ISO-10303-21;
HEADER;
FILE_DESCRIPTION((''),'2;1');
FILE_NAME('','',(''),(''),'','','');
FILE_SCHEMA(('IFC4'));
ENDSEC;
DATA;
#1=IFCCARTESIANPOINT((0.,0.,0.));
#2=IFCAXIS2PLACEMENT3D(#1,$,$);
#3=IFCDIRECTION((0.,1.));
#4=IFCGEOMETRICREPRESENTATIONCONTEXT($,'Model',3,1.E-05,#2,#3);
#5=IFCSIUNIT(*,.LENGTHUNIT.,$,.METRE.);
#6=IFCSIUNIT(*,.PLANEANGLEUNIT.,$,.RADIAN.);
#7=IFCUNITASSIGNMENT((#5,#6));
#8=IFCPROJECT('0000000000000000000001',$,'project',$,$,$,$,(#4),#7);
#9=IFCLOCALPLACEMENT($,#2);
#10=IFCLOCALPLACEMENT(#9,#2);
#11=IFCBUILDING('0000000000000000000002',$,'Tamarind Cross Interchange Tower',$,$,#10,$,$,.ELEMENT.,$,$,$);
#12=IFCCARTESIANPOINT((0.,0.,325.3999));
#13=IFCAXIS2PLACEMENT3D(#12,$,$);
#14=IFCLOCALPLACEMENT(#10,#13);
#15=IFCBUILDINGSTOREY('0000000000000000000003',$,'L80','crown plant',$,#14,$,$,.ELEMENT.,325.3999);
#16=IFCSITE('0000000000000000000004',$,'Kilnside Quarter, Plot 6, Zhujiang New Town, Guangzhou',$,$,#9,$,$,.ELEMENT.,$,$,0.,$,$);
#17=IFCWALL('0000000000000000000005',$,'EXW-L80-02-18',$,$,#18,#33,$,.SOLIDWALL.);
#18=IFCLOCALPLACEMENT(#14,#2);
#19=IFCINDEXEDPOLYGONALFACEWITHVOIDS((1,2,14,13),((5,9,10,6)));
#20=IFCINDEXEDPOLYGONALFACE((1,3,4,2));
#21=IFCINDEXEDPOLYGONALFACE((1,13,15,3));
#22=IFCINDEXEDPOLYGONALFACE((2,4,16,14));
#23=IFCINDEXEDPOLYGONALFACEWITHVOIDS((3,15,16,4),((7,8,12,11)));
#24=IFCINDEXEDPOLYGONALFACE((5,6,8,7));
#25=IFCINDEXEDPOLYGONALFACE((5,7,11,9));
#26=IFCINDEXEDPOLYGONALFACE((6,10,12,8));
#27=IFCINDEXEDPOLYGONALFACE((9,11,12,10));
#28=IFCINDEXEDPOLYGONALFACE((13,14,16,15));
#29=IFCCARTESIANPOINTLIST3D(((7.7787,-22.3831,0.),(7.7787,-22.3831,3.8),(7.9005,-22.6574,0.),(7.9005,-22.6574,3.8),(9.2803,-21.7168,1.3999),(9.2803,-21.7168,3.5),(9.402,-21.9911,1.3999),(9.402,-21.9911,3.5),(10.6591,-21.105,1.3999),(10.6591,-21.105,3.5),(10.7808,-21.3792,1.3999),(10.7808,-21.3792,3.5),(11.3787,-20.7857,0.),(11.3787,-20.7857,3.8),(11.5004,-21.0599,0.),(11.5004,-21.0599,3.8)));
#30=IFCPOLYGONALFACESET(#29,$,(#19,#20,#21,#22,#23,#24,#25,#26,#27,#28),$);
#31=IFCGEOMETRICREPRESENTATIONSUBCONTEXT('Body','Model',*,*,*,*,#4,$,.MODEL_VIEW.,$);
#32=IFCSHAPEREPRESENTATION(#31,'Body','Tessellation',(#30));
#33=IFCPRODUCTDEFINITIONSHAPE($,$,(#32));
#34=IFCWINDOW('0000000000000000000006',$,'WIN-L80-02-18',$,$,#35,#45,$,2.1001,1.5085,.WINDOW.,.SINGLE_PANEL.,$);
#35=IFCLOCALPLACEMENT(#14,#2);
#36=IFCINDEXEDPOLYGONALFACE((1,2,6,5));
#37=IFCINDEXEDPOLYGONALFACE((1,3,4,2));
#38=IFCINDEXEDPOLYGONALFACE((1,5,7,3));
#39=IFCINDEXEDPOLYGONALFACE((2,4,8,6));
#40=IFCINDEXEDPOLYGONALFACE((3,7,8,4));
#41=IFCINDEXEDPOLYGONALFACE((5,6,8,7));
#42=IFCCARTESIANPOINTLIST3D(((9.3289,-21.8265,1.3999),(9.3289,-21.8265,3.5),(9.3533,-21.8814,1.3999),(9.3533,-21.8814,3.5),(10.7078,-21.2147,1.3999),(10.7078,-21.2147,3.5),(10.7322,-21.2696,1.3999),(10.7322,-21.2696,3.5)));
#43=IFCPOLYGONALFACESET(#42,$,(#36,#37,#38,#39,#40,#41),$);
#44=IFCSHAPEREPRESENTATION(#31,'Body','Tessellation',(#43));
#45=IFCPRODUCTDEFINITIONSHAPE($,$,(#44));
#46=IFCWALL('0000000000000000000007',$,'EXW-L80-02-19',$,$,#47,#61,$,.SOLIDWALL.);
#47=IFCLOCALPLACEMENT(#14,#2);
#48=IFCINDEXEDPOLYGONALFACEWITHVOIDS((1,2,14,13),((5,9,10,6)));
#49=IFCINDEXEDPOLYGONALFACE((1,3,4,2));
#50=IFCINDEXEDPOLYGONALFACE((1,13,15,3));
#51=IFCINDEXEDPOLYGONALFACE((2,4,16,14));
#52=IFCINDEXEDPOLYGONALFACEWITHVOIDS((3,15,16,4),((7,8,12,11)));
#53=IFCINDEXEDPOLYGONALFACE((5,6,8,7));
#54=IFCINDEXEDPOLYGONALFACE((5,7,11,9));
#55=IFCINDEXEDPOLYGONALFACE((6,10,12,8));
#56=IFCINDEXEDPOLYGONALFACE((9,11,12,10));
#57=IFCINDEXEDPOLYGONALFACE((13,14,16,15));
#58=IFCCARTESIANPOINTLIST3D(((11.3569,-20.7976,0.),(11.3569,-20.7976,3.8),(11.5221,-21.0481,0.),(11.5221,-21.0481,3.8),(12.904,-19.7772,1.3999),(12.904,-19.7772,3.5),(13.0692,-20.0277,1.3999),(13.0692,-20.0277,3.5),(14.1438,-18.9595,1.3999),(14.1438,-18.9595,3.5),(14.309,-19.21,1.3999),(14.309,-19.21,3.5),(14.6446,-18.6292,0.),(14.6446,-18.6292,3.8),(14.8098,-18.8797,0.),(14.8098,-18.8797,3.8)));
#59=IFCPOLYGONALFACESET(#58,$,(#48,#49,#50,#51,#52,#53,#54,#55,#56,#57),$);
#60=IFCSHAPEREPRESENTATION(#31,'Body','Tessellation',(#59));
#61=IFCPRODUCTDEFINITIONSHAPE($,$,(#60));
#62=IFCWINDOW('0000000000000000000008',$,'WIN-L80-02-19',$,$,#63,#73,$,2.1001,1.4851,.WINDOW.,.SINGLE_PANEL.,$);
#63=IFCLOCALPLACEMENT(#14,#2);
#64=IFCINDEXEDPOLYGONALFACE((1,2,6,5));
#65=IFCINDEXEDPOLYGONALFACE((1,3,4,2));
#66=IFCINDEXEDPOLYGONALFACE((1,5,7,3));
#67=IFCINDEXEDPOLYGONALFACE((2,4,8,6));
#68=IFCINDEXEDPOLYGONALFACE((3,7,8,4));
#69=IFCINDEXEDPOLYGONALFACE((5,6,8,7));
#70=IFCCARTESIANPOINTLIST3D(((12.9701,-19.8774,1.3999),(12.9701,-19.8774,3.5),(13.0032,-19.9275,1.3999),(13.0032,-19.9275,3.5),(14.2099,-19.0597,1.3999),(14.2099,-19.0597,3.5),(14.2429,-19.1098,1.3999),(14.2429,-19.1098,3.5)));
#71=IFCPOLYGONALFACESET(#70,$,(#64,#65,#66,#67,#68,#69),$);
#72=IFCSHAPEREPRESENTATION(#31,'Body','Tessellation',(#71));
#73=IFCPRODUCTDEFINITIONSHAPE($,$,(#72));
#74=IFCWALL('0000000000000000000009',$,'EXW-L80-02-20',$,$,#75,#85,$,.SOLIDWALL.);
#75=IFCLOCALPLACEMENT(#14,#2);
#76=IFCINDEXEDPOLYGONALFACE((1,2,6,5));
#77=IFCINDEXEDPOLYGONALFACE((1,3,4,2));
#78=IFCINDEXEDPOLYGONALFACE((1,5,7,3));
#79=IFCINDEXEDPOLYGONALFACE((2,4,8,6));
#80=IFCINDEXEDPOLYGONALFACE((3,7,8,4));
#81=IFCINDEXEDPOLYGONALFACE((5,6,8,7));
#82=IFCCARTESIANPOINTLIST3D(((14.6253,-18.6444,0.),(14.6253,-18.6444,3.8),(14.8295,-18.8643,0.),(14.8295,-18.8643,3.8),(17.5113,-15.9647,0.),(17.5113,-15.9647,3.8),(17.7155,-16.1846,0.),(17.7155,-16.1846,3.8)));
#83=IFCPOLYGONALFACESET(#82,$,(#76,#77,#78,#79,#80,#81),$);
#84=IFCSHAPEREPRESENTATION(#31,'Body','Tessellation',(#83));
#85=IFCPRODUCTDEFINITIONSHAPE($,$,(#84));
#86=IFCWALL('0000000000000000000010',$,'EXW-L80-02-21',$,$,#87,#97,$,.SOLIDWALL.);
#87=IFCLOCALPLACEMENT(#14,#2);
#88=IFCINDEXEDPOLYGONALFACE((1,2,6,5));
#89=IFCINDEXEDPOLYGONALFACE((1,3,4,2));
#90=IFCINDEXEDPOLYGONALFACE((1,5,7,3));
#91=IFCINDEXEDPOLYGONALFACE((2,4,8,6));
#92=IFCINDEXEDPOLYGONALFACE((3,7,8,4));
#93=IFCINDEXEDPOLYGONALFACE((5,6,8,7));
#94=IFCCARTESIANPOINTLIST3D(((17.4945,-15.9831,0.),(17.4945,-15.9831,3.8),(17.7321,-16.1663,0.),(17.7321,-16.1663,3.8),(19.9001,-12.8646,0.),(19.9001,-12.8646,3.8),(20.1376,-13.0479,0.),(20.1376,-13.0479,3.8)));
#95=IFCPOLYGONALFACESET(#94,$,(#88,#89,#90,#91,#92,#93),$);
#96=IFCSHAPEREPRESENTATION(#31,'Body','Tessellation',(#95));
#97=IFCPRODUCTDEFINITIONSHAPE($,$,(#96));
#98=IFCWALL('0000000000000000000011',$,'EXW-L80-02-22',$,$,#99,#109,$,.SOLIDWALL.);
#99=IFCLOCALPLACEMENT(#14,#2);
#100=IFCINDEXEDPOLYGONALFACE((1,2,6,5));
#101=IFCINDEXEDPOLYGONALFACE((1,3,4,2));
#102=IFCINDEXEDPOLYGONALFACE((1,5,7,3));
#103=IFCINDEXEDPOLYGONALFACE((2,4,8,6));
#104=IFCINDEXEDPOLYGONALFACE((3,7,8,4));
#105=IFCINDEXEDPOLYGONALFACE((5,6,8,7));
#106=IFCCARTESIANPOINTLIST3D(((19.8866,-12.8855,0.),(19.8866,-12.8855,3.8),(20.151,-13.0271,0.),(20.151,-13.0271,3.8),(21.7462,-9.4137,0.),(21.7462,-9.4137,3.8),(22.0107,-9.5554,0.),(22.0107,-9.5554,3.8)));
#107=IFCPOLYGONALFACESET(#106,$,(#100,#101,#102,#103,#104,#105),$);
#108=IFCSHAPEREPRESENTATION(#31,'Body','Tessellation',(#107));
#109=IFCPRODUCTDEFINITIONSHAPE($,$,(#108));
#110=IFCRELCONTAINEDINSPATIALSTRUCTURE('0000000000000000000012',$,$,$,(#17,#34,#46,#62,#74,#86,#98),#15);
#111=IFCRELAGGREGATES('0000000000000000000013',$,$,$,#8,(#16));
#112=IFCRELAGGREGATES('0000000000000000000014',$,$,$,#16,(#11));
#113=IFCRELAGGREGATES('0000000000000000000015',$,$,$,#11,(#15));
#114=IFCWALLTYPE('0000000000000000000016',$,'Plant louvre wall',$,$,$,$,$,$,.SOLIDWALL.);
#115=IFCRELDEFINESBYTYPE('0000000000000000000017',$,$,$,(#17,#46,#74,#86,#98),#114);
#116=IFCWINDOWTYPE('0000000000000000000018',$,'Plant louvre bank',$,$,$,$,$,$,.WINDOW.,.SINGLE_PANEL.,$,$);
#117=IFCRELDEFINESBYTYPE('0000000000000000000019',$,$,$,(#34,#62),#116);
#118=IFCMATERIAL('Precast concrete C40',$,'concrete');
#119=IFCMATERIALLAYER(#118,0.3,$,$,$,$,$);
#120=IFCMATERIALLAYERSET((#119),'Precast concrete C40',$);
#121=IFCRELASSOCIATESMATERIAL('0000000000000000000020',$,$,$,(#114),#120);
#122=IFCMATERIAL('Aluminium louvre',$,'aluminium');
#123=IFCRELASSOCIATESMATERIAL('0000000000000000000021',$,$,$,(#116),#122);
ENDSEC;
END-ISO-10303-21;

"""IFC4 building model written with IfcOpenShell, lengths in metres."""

from ifc_helpers import new_model, si_unit, direction, frame, frame_2d, origin, place, context, subcontext, project, spatial, rectangle, extrude, material, layer, layer_set, type_object, element, fill, save


model = new_model("IFC4")

# Units and contexts
model_context = context("Model", 3, precision=1e-05, world=origin(), true_north=direction((0.0, 1.0)))
body_context = subcontext(model_context, "Body", "Model", "MODEL_VIEW")
ifc_project = project(units=[si_unit("LENGTHUNIT", "METRE"), si_unit("PLANEANGLEUNIT", "RADIAN")], contexts=[model_context])

# Site, building, storey
site_placement = place(None, origin())
site = spatial("IfcSite", under=ifc_project, at=site_placement, Name="Kilnside Quarter, Plot 6, Zhujiang New Town, Guangzhou", CompositionType="ELEMENT", RefElevation=0.0)
building_placement = place(site_placement, origin())
building = spatial("IfcBuilding", under=site, at=building_placement, Name="Tamarind Cross Interchange Tower", CompositionType="ELEMENT")
storey_placement = place(building_placement, frame((0.0, 0.0, 325.3999)))
storey = spatial("IfcBuildingStorey", under=building, at=storey_placement, Name="L80", Description="crown plant", CompositionType="ELEMENT", Elevation=325.3999)

# Walls, openings, windows
ifc_material_1 = material(Name="Precast concrete C40", Category="concrete")
ifc_layer_1 = layer(ifc_material_1, 0.3)
ifc_layer_set_1 = layer_set([ifc_layer_1], Name="Precast concrete C40")
wall_type_1 = type_object("IfcWallType", Name="Plant louvre wall", PredefinedType="SOLIDWALL", material=ifc_layer_set_1)
ifc_material_2 = material(Name="Aluminium louvre", Category="aluminium")
window_type = type_object("IfcWindowType", Name="Plant louvre bank", PartitioningType="SINGLE_PANEL", PredefinedType="WINDOW", material=ifc_material_2)
wall_1_placement = place(storey_placement, frame((7.8396, -22.5203, 0.0), z_axis=(0.0, 0.0, 1.0), x_axis=(0.914049, 0.405603, 0.0)))
wall_1 = element("IfcWall", 1, at=wall_1_placement, inside=storey, type_object=wall_type_1, Name="EXW-L80-02-18", PredefinedType="SOLIDWALL", context=body_context, shape_type="SweptSolid", body=[
    extrude(rectangle(XDim=3.9385, YDim=0.3, at=frame_2d((1.9692, 0.0))), origin(), (0.0, 0.0, 1.0), 3.8),
])
opening_1_placement = place(wall_1_placement, frame((1.6426, 0.0, 1.3999)))
opening_1 = element("IfcOpeningElement", 2, at=opening_1_placement, cuts=wall_1, PredefinedType="OPENING", context=body_context, shape_type="SweptSolid", body=[
    extrude(rectangle(XDim=1.5085, YDim=2.1001, at=frame_2d((0.7544, 1.05))), frame((0.0, 0.1599, 0.0), z_axis=(0.0, -1.0, 0.0), x_axis=(1.0, 0.0, 0.0)), (0.0, 0.0, 1.0), 0.3201),
])
window_1_placement = place(opening_1_placement, origin())
window_1 = element("IfcWindow", 3, at=window_1_placement, inside=storey, type_object=window_type, Name="WIN-L80-02-18", OverallHeight=2.1001, OverallWidth=1.5085, PartitioningType="SINGLE_PANEL", PredefinedType="WINDOW", context=body_context, shape_type="SweptSolid", body=[
    extrude(rectangle(XDim=1.5085, YDim=2.1001, at=frame_2d((0.7544, 1.05))), frame((0.0, 0.03, 0.0), z_axis=(0.0, -1.0, 0.0), x_axis=(1.0, 0.0, 0.0)), (0.0, 0.0, 1.0), 0.0601),
])
fill(opening_1, window_1)
wall_2_placement = place(storey_placement, frame((11.4395, -20.9229, 0.0), z_axis=(0.0, 0.0, 1.0), x_axis=(0.834787, 0.550574, 0.0)))
wall_2 = element("IfcWall", 4, at=wall_2_placement, inside=storey, type_object=wall_type_1, Name="EXW-L80-02-19", PredefinedType="SOLIDWALL", context=body_context, shape_type="SweptSolid", body=[
    extrude(rectangle(XDim=3.9385, YDim=0.3, at=frame_2d((1.9692, 0.0))), origin(), (0.0, 0.0, 1.0), 3.8),
])
opening_2_placement = place(wall_2_placement, frame((1.8533, 0.0, 1.3999)))
opening_2 = element("IfcOpeningElement", 5, at=opening_2_placement, cuts=wall_2, PredefinedType="OPENING", context=body_context, shape_type="SweptSolid", body=[
    extrude(rectangle(XDim=1.4851, YDim=2.1001, at=frame_2d((0.7427, 1.05))), frame((0.0, 0.1599, 0.0), z_axis=(0.0, -1.0, 0.0), x_axis=(1.0, 0.0, 0.0)), (0.0, 0.0, 1.0), 0.3201),
])
window_2_placement = place(opening_2_placement, origin())
window_2 = element("IfcWindow", 6, at=window_2_placement, inside=storey, type_object=window_type, Name="WIN-L80-02-19", OverallHeight=2.1001, OverallWidth=1.4851, PartitioningType="SINGLE_PANEL", PredefinedType="WINDOW", context=body_context, shape_type="SweptSolid", body=[
    extrude(rectangle(XDim=1.4851, YDim=2.1001, at=frame_2d((0.7427, 1.05))), frame((0.0, 0.03, 0.0), z_axis=(0.0, -1.0, 0.0), x_axis=(1.0, 0.0, 0.0)), (0.0, 0.0, 1.0), 0.0601),
])
fill(opening_2, window_2)

# Walls
wall_3_placement = place(storey_placement, frame((14.7273, -18.7544, 0.0), z_axis=(0.0, 0.0, 1.0), x_axis=(0.732813, 0.68043, 0.0)))
element("IfcWall", 7, at=wall_3_placement, inside=storey, type_object=wall_type_1, Name="EXW-L80-02-20", PredefinedType="SOLIDWALL", context=body_context, shape_type="SweptSolid", body=[
    extrude(rectangle(XDim=3.9382, YDim=0.3, at=frame_2d((1.9692, 0.0))), origin(), (0.0, 0.0, 1.0), 3.8),
])
for number, where, z_axis, x_axis, name in (
    (8, (17.6133, -16.0747, 0.0), (0.0, 0.0, 1.0), (0.610786, 0.791796, 0.0), "EXW-L80-02-21"),
    (9, (20.0188, -12.9563, 0.0), (0.0, 0.0, 1.0), (0.47218, 0.881502, 0.0), "EXW-L80-02-22"),
):
    element("IfcWall", number, at=place(storey_placement, frame(where, z_axis=z_axis, x_axis=x_axis)), inside=storey, type_object=wall_type_1, Name=name, PredefinedType="SOLIDWALL", context=body_context, shape_type="SweptSolid", body=[
        extrude(rectangle(XDim=3.9385, YDim=0.3, at=frame_2d((1.9692, 0.0))), origin(), (0.0, 0.0, 1.0), 3.8),
    ])

save(model, "model.ifc")
